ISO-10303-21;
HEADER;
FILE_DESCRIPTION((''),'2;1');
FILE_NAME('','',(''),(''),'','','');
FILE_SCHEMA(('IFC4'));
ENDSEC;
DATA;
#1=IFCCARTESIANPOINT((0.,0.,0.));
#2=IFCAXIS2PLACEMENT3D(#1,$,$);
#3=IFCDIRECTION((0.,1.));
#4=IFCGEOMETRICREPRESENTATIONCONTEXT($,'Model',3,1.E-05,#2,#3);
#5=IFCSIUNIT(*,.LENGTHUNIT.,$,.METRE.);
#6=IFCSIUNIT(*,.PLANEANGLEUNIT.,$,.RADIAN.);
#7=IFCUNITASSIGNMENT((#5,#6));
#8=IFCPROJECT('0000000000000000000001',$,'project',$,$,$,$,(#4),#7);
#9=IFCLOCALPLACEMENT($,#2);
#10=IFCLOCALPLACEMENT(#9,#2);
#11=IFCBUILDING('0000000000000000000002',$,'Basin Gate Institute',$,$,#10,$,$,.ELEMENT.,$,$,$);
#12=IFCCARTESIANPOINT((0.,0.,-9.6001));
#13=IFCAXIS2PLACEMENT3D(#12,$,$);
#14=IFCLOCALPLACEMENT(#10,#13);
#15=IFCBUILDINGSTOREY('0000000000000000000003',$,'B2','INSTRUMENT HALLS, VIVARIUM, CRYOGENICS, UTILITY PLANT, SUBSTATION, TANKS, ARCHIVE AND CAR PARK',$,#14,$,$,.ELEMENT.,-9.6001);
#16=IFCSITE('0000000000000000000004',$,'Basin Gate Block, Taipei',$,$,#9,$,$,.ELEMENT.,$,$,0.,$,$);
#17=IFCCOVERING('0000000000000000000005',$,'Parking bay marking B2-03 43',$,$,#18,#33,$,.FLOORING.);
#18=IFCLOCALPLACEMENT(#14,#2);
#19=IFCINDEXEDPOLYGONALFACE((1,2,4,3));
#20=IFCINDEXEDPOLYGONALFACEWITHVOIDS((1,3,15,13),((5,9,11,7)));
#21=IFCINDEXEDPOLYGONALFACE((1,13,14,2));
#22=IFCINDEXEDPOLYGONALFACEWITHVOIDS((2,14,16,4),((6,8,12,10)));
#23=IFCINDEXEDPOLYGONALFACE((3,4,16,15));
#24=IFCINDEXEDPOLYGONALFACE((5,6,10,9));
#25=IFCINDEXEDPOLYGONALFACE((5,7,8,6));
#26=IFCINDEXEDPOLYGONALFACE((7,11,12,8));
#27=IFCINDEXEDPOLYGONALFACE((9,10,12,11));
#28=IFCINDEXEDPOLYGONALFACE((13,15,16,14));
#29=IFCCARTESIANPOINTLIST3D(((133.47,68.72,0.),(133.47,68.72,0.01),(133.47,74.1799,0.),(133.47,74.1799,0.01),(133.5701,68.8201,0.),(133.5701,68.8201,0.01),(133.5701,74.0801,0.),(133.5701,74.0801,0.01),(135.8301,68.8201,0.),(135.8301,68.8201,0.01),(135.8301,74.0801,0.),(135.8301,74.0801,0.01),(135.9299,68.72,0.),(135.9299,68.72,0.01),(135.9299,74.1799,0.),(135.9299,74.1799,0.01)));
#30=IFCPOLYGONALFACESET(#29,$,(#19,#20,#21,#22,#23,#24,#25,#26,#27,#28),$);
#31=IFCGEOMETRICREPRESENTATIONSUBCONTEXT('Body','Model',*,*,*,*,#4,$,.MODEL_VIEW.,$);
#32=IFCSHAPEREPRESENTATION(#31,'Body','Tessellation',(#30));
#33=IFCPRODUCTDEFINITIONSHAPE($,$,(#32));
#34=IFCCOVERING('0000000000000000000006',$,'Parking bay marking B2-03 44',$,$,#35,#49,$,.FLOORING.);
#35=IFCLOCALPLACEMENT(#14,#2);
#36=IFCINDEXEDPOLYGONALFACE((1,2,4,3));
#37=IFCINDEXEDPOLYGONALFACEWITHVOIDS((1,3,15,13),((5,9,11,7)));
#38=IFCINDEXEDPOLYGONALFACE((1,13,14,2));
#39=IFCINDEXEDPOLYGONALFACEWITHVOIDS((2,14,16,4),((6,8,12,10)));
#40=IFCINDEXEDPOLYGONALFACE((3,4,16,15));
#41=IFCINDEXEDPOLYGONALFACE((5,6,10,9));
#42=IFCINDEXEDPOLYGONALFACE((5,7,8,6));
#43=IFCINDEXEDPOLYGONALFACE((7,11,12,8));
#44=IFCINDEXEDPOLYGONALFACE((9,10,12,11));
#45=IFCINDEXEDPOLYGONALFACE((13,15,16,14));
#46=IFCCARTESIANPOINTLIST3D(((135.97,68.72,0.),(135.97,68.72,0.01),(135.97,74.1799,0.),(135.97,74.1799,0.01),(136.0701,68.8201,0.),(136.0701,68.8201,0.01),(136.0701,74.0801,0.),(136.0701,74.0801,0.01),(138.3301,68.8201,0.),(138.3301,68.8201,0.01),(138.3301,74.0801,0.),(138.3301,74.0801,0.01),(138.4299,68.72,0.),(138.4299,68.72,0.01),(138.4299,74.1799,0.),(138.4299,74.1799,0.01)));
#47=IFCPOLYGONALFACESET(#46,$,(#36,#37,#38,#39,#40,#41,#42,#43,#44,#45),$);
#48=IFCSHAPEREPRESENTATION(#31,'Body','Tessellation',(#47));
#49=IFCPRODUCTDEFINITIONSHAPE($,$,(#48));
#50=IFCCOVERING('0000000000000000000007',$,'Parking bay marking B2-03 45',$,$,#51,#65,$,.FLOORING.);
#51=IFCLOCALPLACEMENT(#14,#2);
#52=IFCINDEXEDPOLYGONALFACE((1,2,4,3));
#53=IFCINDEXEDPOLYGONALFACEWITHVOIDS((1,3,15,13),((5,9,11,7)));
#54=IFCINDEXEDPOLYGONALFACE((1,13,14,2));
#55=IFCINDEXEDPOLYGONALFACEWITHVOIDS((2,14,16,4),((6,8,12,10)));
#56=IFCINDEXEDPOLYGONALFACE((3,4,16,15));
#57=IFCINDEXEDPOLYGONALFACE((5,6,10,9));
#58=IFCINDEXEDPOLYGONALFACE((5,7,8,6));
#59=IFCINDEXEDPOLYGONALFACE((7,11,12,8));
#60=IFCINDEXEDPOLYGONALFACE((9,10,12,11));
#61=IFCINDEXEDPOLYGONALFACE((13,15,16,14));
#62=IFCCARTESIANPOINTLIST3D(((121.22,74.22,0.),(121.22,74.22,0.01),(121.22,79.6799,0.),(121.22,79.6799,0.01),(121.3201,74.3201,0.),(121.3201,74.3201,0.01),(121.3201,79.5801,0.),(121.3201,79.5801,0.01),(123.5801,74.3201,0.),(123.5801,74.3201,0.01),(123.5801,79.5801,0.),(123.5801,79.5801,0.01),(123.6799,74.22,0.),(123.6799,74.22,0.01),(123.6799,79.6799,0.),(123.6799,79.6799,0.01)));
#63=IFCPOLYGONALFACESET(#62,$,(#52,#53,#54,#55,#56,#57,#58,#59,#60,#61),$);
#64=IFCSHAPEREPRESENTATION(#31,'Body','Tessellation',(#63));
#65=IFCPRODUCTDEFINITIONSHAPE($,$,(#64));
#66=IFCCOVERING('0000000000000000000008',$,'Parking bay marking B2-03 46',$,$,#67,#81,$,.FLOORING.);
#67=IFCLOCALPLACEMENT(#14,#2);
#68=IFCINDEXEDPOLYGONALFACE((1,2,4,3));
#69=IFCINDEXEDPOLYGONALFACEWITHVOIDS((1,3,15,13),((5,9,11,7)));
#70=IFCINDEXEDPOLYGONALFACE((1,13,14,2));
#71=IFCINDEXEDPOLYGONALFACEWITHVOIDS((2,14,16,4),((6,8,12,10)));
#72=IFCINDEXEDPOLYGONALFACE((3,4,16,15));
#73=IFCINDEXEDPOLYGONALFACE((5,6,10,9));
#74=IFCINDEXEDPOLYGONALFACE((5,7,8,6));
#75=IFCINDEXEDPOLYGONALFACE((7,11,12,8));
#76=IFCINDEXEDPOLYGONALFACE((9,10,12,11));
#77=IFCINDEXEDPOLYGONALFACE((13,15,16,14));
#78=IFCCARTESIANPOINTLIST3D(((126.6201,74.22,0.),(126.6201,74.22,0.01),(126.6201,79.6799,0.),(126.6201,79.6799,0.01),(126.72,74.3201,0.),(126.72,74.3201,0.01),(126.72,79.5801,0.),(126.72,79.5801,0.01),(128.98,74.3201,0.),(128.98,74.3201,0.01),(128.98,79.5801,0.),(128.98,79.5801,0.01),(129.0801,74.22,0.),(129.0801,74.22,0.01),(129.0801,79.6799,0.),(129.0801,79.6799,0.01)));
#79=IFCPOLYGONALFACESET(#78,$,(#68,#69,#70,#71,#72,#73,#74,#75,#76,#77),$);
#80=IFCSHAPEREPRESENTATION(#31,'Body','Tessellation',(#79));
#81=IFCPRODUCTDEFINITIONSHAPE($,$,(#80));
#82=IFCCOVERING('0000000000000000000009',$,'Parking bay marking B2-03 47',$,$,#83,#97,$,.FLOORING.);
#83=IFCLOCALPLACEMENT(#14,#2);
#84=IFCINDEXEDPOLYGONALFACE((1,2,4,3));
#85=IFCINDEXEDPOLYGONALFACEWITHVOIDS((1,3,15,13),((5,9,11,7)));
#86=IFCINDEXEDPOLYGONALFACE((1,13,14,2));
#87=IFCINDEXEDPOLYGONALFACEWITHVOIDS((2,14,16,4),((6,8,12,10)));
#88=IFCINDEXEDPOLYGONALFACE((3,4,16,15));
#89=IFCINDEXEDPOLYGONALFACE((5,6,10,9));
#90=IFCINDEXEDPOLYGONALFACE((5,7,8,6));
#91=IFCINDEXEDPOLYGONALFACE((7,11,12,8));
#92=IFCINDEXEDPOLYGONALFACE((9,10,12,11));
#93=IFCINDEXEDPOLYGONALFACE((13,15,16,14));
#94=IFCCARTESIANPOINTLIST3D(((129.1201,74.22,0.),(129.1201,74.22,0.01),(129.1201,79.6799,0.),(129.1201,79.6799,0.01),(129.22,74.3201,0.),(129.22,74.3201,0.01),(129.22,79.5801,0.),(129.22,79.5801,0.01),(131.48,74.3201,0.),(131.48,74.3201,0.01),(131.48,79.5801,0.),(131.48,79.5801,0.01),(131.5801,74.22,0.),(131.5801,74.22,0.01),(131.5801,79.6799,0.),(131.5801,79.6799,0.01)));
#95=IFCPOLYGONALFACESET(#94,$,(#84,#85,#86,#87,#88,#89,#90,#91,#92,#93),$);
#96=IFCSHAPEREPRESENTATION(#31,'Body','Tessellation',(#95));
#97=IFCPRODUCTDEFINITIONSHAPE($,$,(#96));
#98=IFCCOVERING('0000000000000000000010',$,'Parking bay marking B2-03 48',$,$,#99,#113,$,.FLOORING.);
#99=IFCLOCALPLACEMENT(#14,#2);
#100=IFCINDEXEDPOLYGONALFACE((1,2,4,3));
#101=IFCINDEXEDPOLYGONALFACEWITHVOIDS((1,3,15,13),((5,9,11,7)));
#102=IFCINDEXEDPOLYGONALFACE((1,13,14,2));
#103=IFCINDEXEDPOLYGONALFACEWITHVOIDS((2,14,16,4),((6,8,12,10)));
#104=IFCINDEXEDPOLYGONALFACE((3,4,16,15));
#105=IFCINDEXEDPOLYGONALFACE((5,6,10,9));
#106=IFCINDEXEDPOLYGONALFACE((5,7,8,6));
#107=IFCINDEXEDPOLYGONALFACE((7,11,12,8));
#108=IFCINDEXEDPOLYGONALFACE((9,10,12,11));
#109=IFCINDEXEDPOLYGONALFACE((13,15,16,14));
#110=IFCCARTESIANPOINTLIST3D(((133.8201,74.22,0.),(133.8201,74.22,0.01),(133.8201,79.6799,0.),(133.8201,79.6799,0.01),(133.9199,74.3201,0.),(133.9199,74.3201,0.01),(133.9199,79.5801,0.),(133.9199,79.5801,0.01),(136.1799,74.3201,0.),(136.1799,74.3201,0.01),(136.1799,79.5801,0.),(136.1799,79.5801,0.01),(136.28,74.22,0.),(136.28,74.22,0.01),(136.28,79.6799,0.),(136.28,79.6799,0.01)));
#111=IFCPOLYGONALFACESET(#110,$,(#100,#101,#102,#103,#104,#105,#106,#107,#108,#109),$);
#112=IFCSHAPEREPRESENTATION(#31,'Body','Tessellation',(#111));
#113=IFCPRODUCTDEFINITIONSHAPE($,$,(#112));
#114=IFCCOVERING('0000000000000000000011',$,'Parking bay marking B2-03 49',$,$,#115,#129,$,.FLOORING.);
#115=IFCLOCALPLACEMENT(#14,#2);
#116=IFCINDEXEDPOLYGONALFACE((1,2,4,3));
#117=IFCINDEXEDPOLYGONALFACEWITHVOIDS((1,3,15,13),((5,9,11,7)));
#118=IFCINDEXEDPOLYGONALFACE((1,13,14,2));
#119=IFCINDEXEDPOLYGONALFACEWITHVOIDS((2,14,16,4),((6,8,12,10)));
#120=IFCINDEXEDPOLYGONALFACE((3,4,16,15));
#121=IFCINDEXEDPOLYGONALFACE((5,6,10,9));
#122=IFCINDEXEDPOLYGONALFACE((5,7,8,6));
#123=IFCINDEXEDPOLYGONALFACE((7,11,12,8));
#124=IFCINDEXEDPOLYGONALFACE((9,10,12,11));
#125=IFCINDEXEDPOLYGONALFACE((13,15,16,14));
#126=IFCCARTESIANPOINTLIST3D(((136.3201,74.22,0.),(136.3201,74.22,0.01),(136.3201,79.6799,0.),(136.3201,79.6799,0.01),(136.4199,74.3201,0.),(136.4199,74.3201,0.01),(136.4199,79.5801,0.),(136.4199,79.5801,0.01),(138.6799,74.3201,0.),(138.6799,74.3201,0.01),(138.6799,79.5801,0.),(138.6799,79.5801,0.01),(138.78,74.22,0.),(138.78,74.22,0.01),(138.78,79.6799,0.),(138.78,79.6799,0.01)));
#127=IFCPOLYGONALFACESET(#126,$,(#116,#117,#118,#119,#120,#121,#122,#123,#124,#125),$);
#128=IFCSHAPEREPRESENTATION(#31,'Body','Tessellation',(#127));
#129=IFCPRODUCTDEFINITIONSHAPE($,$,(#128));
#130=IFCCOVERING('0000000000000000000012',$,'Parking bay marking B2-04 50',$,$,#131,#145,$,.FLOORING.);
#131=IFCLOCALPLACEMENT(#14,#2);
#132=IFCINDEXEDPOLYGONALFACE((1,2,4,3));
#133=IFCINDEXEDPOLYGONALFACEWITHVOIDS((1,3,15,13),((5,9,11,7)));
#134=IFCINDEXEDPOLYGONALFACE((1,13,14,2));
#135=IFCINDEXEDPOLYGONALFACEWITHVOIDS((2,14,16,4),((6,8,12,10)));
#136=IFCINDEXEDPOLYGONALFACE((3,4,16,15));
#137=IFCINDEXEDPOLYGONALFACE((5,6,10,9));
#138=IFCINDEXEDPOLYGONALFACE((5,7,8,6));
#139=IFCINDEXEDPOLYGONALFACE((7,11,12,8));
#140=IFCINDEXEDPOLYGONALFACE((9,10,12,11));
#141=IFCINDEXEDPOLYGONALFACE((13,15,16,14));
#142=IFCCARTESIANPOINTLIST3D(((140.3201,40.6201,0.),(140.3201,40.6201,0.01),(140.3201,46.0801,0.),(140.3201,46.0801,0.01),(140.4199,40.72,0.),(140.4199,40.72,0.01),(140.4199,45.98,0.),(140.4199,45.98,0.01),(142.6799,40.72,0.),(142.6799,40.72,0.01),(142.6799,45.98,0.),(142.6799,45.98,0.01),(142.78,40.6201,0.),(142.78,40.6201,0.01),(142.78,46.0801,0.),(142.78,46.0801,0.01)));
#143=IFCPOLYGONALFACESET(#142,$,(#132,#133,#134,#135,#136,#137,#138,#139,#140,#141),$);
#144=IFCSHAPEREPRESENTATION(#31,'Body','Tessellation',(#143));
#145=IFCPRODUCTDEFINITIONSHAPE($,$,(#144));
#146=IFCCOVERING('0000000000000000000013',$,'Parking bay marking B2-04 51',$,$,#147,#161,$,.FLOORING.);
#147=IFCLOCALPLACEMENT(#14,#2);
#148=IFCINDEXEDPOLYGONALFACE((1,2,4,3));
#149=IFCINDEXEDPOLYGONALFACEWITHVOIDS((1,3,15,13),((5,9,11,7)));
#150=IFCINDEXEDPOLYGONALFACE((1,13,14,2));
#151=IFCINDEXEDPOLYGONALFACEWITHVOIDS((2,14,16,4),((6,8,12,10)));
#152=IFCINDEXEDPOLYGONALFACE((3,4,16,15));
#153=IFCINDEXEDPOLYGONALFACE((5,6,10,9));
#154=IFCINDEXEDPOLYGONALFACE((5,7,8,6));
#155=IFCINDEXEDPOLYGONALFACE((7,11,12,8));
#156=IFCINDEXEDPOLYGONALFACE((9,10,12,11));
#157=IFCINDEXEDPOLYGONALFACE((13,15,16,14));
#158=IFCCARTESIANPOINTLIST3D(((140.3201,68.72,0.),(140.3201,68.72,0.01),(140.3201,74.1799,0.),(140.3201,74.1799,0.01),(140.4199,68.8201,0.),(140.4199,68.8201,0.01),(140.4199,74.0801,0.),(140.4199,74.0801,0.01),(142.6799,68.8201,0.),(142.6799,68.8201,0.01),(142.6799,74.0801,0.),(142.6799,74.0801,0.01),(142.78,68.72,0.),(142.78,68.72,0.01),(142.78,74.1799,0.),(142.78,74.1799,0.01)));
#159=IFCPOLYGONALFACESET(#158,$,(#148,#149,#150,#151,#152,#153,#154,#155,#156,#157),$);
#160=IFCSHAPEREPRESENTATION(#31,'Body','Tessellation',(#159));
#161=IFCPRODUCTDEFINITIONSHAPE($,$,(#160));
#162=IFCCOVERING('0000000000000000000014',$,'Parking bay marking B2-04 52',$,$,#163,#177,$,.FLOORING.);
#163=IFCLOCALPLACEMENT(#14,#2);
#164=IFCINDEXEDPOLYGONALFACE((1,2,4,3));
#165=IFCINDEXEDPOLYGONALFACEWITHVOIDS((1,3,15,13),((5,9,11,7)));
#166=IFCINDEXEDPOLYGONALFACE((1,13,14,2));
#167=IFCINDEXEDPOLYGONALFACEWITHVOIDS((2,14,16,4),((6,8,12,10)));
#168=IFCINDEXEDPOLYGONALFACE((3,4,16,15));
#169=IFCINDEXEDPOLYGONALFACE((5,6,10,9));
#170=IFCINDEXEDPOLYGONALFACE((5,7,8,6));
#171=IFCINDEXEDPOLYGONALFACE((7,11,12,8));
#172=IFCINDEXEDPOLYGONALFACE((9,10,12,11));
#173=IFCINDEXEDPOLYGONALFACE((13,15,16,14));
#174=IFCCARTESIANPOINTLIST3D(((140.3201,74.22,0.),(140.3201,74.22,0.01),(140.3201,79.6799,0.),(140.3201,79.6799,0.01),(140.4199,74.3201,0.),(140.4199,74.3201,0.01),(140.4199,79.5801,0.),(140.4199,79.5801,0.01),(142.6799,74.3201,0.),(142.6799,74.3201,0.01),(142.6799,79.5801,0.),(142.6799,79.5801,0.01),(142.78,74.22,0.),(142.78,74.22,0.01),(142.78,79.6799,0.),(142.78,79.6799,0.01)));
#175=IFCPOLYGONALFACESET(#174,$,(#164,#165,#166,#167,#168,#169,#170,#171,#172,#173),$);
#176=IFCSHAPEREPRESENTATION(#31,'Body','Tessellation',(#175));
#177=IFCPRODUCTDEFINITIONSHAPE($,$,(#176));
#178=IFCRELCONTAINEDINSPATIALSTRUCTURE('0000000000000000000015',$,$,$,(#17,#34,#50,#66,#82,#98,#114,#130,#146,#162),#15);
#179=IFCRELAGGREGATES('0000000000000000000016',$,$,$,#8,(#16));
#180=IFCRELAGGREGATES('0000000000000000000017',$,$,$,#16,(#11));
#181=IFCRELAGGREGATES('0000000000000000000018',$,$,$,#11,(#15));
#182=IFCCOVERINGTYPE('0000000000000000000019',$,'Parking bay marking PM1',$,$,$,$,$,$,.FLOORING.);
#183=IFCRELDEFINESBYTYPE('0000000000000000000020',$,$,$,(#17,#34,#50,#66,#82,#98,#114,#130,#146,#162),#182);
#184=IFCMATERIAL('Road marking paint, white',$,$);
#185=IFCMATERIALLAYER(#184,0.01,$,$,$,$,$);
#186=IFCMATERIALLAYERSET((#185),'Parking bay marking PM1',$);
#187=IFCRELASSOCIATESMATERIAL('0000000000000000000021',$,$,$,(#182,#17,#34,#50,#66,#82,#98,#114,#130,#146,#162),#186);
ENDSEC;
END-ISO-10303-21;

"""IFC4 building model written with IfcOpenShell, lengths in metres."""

from ifc_helpers import new_model, si_unit, direction, frame, origin, place, context, subcontext, project, spatial, polyline, outline, extrude, material, layer, layer_set, type_object, element, save


model = new_model("IFC4")

# Units and contexts
model_context = context("Model", 3, precision=1e-05, world=origin(), true_north=direction((0.0, 1.0)))
body_context = subcontext(model_context, "Body", "Model", "MODEL_VIEW")
ifc_project = project(units=[si_unit("LENGTHUNIT", "METRE"), si_unit("PLANEANGLEUNIT", "RADIAN")], contexts=[model_context])

# Site, building, storey
site_placement = place(None, origin())
site = spatial("IfcSite", under=ifc_project, at=site_placement, Name="Basin Gate Block, Taipei", CompositionType="ELEMENT", RefElevation=0.0)
building_placement = place(site_placement, origin())
building = spatial("IfcBuilding", under=site, at=building_placement, Name="Basin Gate Institute", CompositionType="ELEMENT")
storey_placement = place(building_placement, frame((0.0, 0.0, -9.6001)))
storey = spatial("IfcBuildingStorey", under=building, at=storey_placement, Name="B2", Description="INSTRUMENT HALLS, VIVARIUM, CRYOGENICS, UTILITY PLANT, SUBSTATION, TANKS, ARCHIVE AND CAR PARK", CompositionType="ELEMENT", Elevation=-9.6001)

# Coverings
ifc_material_1 = material(Name="Road marking paint, white")
ifc_layer_1 = layer(ifc_material_1, 0.01)
ifc_layer_set_1 = layer_set([ifc_layer_1], Name="Parking bay marking PM1")
covering_type_1 = type_object("IfcCoveringType", Name="Parking bay marking PM1", PredefinedType="FLOORING", material=ifc_layer_set_1)
covering_1_placement = place(storey_placement, origin())
element("IfcCovering", 1, at=covering_1_placement, inside=storey, type_object=covering_type_1, material=ifc_layer_set_1, Name="Parking bay marking B2-03 43", PredefinedType="FLOORING", context=body_context, shape_type="SweptSolid", body=[
    extrude(outline(polyline([(133.47, 68.72), (135.9299, 68.72), (135.9299, 74.1799), (133.47, 74.1799), (133.47, 68.72)]), holes=[polyline([(133.5701, 68.8201), (135.8301, 68.8201), (135.8301, 74.0801), (133.5701, 74.0801), (133.5701, 68.8201)])]), origin(), (0.0, 0.0, 1.0), 0.01),
])
covering_2_placement = place(storey_placement, origin())
element("IfcCovering", 2, at=covering_2_placement, inside=storey, type_object=covering_type_1, material=ifc_layer_set_1, Name="Parking bay marking B2-03 44", PredefinedType="FLOORING", context=body_context, shape_type="SweptSolid", body=[
    extrude(outline(polyline([(135.97, 68.72), (138.4299, 68.72), (138.4299, 74.1799), (135.97, 74.1799), (135.97, 68.72)]), holes=[polyline([(136.0701, 68.8201), (138.3301, 68.8201), (138.3301, 74.0801), (136.0701, 74.0801), (136.0701, 68.8201)])]), origin(), (0.0, 0.0, 1.0), 0.01),
])
covering_3_placement = place(storey_placement, origin())
element("IfcCovering", 3, at=covering_3_placement, inside=storey, type_object=covering_type_1, material=ifc_layer_set_1, Name="Parking bay marking B2-03 45", PredefinedType="FLOORING", context=body_context, shape_type="SweptSolid", body=[
    extrude(outline(polyline([(121.22, 74.22), (123.6799, 74.22), (123.6799, 79.6799), (121.22, 79.6799), (121.22, 74.22)]), holes=[polyline([(121.3201, 74.3201), (123.5801, 74.3201), (123.5801, 79.5801), (121.3201, 79.5801), (121.3201, 74.3201)])]), origin(), (0.0, 0.0, 1.0), 0.01),
])
covering_4_placement = place(storey_placement, origin())
element("IfcCovering", 4, at=covering_4_placement, inside=storey, type_object=covering_type_1, material=ifc_layer_set_1, Name="Parking bay marking B2-03 46", PredefinedType="FLOORING", context=body_context, shape_type="SweptSolid", body=[
    extrude(outline(polyline([(126.6201, 74.22), (129.0801, 74.22), (129.0801, 79.6799), (126.6201, 79.6799), (126.6201, 74.22)]), holes=[polyline([(126.72, 74.3201), (128.98, 74.3201), (128.98, 79.5801), (126.72, 79.5801), (126.72, 74.3201)])]), origin(), (0.0, 0.0, 1.0), 0.01),
])
covering_5_placement = place(storey_placement, origin())
element("IfcCovering", 5, at=covering_5_placement, inside=storey, type_object=covering_type_1, material=ifc_layer_set_1, Name="Parking bay marking B2-03 47", PredefinedType="FLOORING", context=body_context, shape_type="SweptSolid", body=[
    extrude(outline(polyline([(129.1201, 74.22), (131.5801, 74.22), (131.5801, 79.6799), (129.1201, 79.6799), (129.1201, 74.22)]), holes=[polyline([(129.22, 74.3201), (131.48, 74.3201), (131.48, 79.5801), (129.22, 79.5801), (129.22, 74.3201)])]), origin(), (0.0, 0.0, 1.0), 0.01),
])
covering_6_placement = place(storey_placement, origin())
element("IfcCovering", 6, at=covering_6_placement, inside=storey, type_object=covering_type_1, material=ifc_layer_set_1, Name="Parking bay marking B2-03 48", PredefinedType="FLOORING", context=body_context, shape_type="SweptSolid", body=[
    extrude(outline(polyline([(133.8201, 74.22), (136.28, 74.22), (136.28, 79.6799), (133.8201, 79.6799), (133.8201, 74.22)]), holes=[polyline([(133.9199, 74.3201), (136.1799, 74.3201), (136.1799, 79.5801), (133.9199, 79.5801), (133.9199, 74.3201)])]), origin(), (0.0, 0.0, 1.0), 0.01),
])
covering_7_placement = place(storey_placement, origin())
element("IfcCovering", 7, at=covering_7_placement, inside=storey, type_object=covering_type_1, material=ifc_layer_set_1, Name="Parking bay marking B2-03 49", PredefinedType="FLOORING", context=body_context, shape_type="SweptSolid", body=[
    extrude(outline(polyline([(136.3201, 74.22), (138.78, 74.22), (138.78, 79.6799), (136.3201, 79.6799), (136.3201, 74.22)]), holes=[polyline([(136.4199, 74.3201), (138.6799, 74.3201), (138.6799, 79.5801), (136.4199, 79.5801), (136.4199, 74.3201)])]), origin(), (0.0, 0.0, 1.0), 0.01),
])
covering_8_placement = place(storey_placement, origin())
element("IfcCovering", 8, at=covering_8_placement, inside=storey, type_object=covering_type_1, material=ifc_layer_set_1, Name="Parking bay marking B2-04 50", PredefinedType="FLOORING", context=body_context, shape_type="SweptSolid", body=[
    extrude(outline(polyline([(140.3201, 40.6201), (142.78, 40.6201), (142.78, 46.0801), (140.3201, 46.0801), (140.3201, 40.6201)]), holes=[polyline([(140.4199, 40.72), (142.6799, 40.72), (142.6799, 45.98), (140.4199, 45.98), (140.4199, 40.72)])]), origin(), (0.0, 0.0, 1.0), 0.01),
])
covering_9_placement = place(storey_placement, origin())
element("IfcCovering", 9, at=covering_9_placement, inside=storey, type_object=covering_type_1, material=ifc_layer_set_1, Name="Parking bay marking B2-04 51", PredefinedType="FLOORING", context=body_context, shape_type="SweptSolid", body=[
    extrude(outline(polyline([(140.3201, 68.72), (142.78, 68.72), (142.78, 74.1799), (140.3201, 74.1799), (140.3201, 68.72)]), holes=[polyline([(140.4199, 68.8201), (142.6799, 68.8201), (142.6799, 74.0801), (140.4199, 74.0801), (140.4199, 68.8201)])]), origin(), (0.0, 0.0, 1.0), 0.01),
])
covering_10_placement = place(storey_placement, origin())
element("IfcCovering", 10, at=covering_10_placement, inside=storey, type_object=covering_type_1, material=ifc_layer_set_1, Name="Parking bay marking B2-04 52", PredefinedType="FLOORING", context=body_context, shape_type="SweptSolid", body=[
    extrude(outline(polyline([(140.3201, 74.22), (142.78, 74.22), (142.78, 79.6799), (140.3201, 79.6799), (140.3201, 74.22)]), holes=[polyline([(140.4199, 74.3201), (142.6799, 74.3201), (142.6799, 79.5801), (140.4199, 79.5801), (140.4199, 74.3201)])]), origin(), (0.0, 0.0, 1.0), 0.01),
])

save(model, "model.ifc")
